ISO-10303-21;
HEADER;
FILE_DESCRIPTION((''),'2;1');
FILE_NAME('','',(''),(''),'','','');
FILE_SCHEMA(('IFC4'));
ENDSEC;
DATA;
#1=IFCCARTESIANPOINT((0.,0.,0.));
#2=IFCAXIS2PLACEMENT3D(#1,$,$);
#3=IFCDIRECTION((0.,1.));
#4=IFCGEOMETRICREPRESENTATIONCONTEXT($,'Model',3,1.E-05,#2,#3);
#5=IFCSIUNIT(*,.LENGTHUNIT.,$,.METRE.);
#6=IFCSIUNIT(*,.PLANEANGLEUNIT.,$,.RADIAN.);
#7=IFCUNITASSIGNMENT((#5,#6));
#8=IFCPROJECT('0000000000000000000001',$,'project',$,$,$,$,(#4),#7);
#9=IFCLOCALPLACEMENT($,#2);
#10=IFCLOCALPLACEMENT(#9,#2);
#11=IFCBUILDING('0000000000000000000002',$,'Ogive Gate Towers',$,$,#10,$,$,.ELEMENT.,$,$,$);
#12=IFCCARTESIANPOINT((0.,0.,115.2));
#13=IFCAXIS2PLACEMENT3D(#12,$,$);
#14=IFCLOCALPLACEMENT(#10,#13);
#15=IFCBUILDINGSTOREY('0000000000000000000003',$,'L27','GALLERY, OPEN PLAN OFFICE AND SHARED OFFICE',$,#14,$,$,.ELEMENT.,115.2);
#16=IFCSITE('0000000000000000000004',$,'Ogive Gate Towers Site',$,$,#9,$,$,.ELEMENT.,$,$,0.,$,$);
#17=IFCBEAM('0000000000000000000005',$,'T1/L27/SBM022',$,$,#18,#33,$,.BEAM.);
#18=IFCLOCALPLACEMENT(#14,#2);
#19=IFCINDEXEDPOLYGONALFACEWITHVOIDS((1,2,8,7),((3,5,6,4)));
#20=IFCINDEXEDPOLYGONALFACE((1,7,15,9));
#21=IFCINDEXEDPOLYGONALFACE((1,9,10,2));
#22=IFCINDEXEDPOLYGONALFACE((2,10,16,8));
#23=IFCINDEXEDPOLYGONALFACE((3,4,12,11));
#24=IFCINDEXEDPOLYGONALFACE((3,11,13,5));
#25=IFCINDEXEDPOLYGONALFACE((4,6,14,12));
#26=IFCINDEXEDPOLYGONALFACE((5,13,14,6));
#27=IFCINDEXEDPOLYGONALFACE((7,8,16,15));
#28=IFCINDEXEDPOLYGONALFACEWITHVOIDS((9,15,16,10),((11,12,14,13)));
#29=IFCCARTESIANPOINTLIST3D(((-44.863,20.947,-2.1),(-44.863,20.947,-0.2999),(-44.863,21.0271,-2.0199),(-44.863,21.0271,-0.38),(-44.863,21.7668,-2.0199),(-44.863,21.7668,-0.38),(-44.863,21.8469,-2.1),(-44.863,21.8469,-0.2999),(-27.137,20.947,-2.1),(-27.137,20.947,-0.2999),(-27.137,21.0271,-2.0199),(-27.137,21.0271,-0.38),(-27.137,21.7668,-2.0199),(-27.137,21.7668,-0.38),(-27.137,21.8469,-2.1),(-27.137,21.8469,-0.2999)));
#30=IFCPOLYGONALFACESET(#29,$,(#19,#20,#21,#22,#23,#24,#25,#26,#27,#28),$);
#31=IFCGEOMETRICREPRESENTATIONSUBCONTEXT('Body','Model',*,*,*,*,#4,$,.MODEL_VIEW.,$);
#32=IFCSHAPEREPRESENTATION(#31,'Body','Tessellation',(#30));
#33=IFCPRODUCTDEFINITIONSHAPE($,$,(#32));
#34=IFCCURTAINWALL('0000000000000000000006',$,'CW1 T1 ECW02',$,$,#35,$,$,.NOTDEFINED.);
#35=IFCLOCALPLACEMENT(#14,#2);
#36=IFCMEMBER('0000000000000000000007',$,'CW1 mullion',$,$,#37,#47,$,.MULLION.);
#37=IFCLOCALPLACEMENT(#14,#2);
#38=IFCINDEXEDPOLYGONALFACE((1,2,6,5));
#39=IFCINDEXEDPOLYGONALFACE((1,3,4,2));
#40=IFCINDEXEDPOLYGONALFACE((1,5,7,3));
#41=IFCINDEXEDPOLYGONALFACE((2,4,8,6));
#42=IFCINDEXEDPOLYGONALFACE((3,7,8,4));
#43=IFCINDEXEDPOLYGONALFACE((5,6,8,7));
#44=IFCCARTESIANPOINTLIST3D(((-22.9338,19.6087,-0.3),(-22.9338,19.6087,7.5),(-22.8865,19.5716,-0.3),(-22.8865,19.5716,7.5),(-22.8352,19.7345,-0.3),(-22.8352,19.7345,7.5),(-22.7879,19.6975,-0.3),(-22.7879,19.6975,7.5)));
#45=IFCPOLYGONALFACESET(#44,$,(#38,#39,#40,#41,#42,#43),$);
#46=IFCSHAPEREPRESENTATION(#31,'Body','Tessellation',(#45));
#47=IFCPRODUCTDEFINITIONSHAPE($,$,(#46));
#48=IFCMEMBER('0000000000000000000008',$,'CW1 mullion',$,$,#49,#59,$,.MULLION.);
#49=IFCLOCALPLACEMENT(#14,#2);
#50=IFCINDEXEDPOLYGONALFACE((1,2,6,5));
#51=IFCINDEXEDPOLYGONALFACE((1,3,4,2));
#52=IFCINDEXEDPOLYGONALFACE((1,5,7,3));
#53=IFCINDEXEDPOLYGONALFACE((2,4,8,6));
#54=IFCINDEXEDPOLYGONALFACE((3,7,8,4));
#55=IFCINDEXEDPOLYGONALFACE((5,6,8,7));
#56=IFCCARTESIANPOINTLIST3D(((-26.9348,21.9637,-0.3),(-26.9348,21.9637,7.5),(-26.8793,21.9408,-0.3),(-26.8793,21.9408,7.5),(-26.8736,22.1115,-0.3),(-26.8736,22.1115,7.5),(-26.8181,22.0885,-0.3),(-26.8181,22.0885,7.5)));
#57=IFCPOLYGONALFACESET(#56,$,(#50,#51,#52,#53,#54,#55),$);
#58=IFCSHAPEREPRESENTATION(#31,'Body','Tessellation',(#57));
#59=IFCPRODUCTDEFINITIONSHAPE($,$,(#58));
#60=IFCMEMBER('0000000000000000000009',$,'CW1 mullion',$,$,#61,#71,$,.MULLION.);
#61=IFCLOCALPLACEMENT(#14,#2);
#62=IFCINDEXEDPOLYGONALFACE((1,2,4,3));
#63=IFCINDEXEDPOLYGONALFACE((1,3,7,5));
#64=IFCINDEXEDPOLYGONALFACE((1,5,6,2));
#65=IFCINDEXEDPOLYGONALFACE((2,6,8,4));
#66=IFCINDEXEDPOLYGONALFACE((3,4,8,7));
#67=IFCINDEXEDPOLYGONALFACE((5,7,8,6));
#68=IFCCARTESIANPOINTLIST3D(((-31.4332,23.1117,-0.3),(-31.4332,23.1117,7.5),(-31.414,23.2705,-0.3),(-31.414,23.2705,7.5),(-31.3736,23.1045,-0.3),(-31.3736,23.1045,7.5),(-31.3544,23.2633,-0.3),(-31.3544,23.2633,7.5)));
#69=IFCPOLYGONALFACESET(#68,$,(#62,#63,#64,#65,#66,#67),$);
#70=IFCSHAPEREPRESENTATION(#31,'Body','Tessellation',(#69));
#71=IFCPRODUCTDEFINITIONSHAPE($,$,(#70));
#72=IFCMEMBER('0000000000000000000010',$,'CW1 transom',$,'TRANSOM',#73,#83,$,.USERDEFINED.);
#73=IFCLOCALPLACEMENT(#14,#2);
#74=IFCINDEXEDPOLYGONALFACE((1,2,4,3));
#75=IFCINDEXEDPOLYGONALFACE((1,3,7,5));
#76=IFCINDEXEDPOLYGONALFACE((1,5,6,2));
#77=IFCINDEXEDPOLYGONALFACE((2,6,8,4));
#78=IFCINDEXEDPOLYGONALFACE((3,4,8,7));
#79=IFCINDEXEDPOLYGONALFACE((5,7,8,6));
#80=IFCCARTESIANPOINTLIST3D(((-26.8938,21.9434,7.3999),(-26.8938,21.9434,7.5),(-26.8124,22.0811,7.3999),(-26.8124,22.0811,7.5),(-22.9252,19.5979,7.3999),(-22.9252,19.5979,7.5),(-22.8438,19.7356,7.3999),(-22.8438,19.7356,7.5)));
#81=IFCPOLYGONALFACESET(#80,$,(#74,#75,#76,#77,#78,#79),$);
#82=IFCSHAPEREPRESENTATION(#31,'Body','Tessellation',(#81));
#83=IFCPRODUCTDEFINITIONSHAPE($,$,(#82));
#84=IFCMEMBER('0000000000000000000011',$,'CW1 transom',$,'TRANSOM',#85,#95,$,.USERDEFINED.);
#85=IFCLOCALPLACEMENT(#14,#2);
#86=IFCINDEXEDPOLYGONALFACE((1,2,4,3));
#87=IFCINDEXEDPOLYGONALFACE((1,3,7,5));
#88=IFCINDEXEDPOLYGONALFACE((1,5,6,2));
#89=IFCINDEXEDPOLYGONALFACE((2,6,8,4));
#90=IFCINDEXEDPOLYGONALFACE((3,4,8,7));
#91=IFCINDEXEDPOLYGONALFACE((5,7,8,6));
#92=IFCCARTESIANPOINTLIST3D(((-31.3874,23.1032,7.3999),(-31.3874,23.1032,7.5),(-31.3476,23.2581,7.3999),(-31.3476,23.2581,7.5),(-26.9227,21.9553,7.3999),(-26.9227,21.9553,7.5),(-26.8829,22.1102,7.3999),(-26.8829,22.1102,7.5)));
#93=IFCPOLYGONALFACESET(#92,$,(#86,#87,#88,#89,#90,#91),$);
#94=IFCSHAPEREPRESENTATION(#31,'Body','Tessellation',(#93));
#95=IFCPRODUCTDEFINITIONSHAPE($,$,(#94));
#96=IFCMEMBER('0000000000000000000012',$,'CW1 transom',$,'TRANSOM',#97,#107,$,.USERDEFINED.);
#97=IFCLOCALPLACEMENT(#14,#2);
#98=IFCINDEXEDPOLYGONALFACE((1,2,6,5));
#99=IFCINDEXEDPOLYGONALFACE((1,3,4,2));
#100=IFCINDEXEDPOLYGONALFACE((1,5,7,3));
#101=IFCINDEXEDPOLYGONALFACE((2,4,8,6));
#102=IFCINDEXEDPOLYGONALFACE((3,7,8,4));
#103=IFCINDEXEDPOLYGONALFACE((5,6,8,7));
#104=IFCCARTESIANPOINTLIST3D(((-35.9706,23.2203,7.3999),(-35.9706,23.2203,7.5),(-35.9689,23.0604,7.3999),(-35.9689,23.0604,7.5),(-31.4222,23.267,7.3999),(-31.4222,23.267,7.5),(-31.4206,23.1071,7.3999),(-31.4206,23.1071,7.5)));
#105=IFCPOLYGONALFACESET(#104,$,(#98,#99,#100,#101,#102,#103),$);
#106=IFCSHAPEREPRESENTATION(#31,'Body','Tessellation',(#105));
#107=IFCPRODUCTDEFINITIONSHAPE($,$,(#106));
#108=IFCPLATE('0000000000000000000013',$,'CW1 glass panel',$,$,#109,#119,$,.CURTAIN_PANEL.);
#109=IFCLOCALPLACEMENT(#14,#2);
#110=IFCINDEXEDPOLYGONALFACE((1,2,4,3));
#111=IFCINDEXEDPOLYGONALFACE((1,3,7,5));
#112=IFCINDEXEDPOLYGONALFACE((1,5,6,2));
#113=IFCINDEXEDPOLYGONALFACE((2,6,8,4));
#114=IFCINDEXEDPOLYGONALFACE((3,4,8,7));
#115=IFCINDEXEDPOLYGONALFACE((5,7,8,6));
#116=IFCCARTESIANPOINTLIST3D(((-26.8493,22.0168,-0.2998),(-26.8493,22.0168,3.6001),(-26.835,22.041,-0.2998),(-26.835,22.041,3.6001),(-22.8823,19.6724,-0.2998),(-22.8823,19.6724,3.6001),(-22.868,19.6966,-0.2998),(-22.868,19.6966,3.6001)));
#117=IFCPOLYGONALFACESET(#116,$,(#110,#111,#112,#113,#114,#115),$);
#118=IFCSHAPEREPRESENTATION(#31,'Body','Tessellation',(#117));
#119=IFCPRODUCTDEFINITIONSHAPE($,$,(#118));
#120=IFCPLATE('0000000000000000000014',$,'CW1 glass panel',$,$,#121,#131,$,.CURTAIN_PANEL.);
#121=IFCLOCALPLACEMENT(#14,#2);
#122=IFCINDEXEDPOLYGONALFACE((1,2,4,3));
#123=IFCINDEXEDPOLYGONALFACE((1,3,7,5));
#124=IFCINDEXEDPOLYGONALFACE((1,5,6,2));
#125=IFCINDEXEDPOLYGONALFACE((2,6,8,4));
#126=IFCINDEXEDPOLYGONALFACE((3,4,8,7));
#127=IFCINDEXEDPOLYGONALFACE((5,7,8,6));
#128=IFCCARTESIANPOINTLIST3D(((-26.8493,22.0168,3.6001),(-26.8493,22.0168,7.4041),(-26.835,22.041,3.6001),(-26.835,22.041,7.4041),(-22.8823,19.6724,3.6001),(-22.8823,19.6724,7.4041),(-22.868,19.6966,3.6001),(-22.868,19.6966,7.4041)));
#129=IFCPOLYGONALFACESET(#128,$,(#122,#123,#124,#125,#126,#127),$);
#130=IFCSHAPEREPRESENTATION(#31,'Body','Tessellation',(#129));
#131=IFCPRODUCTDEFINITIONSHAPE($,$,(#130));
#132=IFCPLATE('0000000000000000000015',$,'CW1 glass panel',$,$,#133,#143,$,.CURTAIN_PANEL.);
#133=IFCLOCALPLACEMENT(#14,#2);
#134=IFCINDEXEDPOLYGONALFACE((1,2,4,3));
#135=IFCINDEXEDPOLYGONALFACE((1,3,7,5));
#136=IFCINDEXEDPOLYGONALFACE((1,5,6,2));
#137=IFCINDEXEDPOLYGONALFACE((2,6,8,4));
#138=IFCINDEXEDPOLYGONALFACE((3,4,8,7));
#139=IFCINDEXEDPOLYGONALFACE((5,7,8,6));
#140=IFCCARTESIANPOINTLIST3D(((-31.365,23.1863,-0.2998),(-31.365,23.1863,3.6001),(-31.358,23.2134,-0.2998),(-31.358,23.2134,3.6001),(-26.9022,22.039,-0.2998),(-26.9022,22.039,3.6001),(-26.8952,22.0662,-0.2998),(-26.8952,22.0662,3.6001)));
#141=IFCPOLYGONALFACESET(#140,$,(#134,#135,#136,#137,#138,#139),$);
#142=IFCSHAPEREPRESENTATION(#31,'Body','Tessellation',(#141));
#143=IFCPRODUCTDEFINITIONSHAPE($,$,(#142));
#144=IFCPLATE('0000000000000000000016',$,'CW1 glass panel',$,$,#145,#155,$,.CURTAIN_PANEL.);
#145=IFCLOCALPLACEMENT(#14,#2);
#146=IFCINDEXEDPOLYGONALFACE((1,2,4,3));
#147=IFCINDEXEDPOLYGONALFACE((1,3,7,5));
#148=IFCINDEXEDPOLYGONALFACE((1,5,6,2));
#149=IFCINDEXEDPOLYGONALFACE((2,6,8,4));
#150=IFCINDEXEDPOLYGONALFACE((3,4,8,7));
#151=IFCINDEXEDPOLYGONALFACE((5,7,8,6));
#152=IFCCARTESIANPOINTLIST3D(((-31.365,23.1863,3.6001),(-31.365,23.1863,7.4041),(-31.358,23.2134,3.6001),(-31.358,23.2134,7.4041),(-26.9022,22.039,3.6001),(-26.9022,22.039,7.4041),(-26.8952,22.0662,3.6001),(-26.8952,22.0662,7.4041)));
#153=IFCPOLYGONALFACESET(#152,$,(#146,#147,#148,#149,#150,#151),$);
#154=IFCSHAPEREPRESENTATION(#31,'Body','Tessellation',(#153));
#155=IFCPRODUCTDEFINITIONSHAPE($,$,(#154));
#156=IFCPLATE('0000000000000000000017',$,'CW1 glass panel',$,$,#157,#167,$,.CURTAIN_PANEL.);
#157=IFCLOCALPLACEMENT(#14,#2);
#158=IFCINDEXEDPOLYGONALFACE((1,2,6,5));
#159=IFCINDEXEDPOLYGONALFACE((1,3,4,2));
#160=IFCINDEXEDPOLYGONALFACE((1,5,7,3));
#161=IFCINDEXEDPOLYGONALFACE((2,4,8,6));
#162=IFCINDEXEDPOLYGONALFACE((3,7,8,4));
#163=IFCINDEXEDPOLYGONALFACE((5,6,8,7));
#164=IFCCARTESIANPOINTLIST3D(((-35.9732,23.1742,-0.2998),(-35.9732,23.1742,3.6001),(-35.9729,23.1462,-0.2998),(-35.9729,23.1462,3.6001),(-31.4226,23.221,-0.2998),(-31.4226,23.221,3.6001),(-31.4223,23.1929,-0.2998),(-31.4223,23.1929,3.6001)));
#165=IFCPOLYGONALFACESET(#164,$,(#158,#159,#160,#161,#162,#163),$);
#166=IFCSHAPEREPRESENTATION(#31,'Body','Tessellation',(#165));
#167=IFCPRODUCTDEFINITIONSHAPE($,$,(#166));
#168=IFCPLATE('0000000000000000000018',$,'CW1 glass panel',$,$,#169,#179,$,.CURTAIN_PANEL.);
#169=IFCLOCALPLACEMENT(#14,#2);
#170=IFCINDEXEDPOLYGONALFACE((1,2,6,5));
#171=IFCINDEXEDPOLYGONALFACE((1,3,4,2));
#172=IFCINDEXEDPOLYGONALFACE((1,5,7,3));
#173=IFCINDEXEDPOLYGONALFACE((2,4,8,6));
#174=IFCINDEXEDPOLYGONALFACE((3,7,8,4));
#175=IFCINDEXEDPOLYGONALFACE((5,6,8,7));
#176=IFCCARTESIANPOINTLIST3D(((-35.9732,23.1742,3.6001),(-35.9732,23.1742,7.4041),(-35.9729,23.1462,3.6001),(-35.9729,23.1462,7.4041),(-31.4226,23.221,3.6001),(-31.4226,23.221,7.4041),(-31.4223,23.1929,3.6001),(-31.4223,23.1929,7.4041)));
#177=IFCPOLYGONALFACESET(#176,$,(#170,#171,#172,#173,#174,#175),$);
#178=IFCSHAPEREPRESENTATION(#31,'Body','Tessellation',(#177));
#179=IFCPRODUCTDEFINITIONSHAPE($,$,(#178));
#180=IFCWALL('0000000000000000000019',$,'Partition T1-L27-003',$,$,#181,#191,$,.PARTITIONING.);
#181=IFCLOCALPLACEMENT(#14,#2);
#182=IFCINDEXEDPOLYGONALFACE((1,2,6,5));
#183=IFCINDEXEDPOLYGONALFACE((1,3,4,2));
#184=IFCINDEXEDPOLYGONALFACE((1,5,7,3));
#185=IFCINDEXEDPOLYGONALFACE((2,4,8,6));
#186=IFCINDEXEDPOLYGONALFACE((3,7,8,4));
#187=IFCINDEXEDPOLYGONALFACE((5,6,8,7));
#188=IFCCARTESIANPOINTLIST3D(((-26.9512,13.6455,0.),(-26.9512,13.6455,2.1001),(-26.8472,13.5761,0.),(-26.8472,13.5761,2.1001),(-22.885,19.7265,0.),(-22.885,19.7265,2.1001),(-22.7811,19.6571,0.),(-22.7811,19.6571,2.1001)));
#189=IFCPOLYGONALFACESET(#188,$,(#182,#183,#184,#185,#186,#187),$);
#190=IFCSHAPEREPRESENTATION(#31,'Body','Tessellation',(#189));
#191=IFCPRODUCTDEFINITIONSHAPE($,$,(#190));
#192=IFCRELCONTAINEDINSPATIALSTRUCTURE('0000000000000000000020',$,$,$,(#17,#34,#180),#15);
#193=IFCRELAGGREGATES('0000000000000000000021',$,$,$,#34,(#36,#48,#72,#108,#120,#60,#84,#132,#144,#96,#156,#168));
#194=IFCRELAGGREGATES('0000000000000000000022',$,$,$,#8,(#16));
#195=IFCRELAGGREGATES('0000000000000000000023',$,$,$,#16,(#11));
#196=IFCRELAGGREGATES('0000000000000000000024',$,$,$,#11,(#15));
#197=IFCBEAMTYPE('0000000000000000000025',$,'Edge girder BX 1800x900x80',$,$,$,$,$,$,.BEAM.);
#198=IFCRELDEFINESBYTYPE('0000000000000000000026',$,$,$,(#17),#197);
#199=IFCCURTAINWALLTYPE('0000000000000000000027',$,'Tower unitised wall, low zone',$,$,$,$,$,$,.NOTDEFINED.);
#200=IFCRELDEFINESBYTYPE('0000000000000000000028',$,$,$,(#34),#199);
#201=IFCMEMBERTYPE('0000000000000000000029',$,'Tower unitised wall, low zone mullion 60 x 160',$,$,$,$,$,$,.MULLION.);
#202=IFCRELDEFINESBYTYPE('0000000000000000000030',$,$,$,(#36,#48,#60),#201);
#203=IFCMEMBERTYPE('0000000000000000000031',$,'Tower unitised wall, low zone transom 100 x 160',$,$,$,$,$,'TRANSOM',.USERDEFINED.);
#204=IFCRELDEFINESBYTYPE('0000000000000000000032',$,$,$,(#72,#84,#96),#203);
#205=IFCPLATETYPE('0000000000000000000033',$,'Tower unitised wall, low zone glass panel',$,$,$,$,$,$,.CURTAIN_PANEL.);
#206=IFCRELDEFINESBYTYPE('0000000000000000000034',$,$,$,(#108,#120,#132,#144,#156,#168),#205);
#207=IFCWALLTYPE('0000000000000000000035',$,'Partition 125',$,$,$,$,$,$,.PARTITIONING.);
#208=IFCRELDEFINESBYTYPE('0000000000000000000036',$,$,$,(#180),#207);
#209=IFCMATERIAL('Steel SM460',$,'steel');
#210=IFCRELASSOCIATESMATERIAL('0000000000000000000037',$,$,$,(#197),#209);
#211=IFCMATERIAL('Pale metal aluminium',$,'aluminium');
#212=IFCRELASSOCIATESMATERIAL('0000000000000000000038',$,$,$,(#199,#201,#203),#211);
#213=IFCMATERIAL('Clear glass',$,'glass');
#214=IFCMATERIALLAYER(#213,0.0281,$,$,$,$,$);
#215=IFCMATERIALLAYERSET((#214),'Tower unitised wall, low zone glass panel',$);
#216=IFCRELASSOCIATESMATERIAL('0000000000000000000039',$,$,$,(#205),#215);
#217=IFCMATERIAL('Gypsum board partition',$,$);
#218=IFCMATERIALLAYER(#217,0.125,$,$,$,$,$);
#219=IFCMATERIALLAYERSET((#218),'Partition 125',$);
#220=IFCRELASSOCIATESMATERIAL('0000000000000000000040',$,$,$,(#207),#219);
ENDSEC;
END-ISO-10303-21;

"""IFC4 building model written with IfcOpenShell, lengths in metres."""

from ifc_helpers import new_model, si_unit, direction, frame, frame_2d, origin, origin_2d, place, context, subcontext, project, spatial, rectangle, hollow_rectangle, extrude, material, layer, layer_set, material_profile, profile_set, type_object, element, aggregate, save


model = new_model("IFC4")

# Units and contexts
model_context = context("Model", 3, precision=1e-05, world=origin(), true_north=direction((0.0, 1.0)))
body_context = subcontext(model_context, "Body", "Model", "MODEL_VIEW")
ifc_project = project(units=[si_unit("LENGTHUNIT", "METRE"), si_unit("PLANEANGLEUNIT", "RADIAN")], contexts=[model_context])

# Site, building, storey
site_placement = place(None, origin())
site = spatial("IfcSite", under=ifc_project, at=site_placement, Name="Ogive Gate Towers Site", CompositionType="ELEMENT", RefElevation=0.0)
building_placement = place(site_placement, origin())
building = spatial("IfcBuilding", under=site, at=building_placement, Name="Ogive Gate Towers", CompositionType="ELEMENT")
storey_placement = place(building_placement, frame((0.0, 0.0, 115.2)))
storey = spatial("IfcBuildingStorey", under=building, at=storey_placement, Name="L27", Description="GALLERY, OPEN PLAN OFFICE AND SHARED OFFICE", CompositionType="ELEMENT", Elevation=115.2)

# Beam
ifc_material_1 = material(Name="Steel SM460", Category="steel")
ifc_material_profile_1 = material_profile(ifc_material_1, hollow_rectangle(XDim=0.8999, YDim=1.8, WallThickness=0.0801, at=origin_2d()), Name="BX 1800x900x80")
ifc_profile_set_1 = profile_set([ifc_material_profile_1], Name="Steel SM460")
beam_type = type_object("IfcBeamType", Name="Edge girder BX 1800x900x80", PredefinedType="BEAM", material=ifc_profile_set_1)
beam_placement = place(storey_placement, frame((-27.137, 21.397, -1.2), z_axis=(-1.0, 0.0, 0.0), x_axis=(0.0, -1.0, 0.0)))
element("IfcBeam", 1, at=beam_placement, inside=storey, type_object=beam_type, Name="T1/L27/SBM022", PredefinedType="BEAM", context=body_context, shape_type="SweptSolid", body=[
    extrude(hollow_rectangle(XDim=0.8999, YDim=1.8, WallThickness=0.0801, at=origin_2d()), origin(), (0.0, 0.0, 1.0), 17.7261),
])

# Curtain wall, members, plates
ifc_material_2 = material(Name="Pale metal aluminium", Category="aluminium")
curtain_wall_type = type_object("IfcCurtainWallType", Name="Tower unitised wall, low zone", PredefinedType="NOTDEFINED", material=ifc_material_2)
curtain_wall_placement = place(storey_placement, origin())
curtain_wall = element("IfcCurtainWall", 2, at=curtain_wall_placement, inside=storey, type_object=curtain_wall_type, Name="CW1 T1 ECW02", PredefinedType="NOTDEFINED")
ifc_material_profile_2 = material_profile(ifc_material_2, rectangle(XDim=0.1599, YDim=0.0601, at=origin_2d()), Name="60 x 160 aluminium box")
ifc_profile_set_2 = profile_set([ifc_material_profile_2], Name="Pale metal aluminium")
member_type_1 = type_object("IfcMemberType", Name="Tower unitised wall, low zone mullion 60 x 160", PredefinedType="MULLION", material=ifc_profile_set_2)
member_1_placement = place(storey_placement, frame((-22.8608, 19.6531, -0.3), z_axis=(0.0, 0.0, 1.0), x_axis=(0.616844, 0.787086, 0.0)))
member_1 = element("IfcMember", 3, at=member_1_placement, type_object=member_type_1, Name="CW1 mullion", PredefinedType="MULLION", context=body_context, shape_type="SweptSolid", body=[
    extrude(rectangle(XDim=0.1599, YDim=0.0601, at=origin_2d()), origin(), (0.0, 0.0, 1.0), 7.8),
])
member_2_placement = place(storey_placement, frame((-26.8765, 22.0261, -0.3), z_axis=(0.0, 0.0, 1.0), x_axis=(0.382683, 0.92388, 0.0)))
member_2 = element("IfcMember", 4, at=member_2_placement, type_object=member_type_1, Name="CW1 mullion", PredefinedType="MULLION", context=body_context, shape_type="SweptSolid", body=[
    extrude(rectangle(XDim=0.1599, YDim=0.0601, at=origin_2d()), origin(), (0.0, 0.0, 1.0), 7.8),
])
member_3_placement = place(storey_placement, frame((-31.3938, 23.1875, -0.3), z_axis=(0.0, 0.0, 1.0), x_axis=(0.120379, 0.992728, 0.0)))
member_3 = element("IfcMember", 5, at=member_3_placement, type_object=member_type_1, Name="CW1 mullion", PredefinedType="MULLION", context=body_context, shape_type="SweptSolid", body=[
    extrude(rectangle(XDim=0.1599, YDim=0.0601, at=origin_2d()), origin(), (0.0, 0.0, 1.0), 7.8),
])
ifc_material_profile_3 = material_profile(ifc_material_2, rectangle(XDim=0.1599, YDim=0.1001, at=origin_2d()), Name="100 x 160 aluminium box")
ifc_profile_set_3 = profile_set([ifc_material_profile_3], Name="Pale metal aluminium")
member_type_2 = type_object("IfcMemberType", Name="Tower unitised wall, low zone transom 100 x 160", ElementType="TRANSOM", PredefinedType="USERDEFINED", material=ifc_profile_set_3)
member_4_placement = place(storey_placement, frame((-22.8845, 19.6667, 7.45), z_axis=(-0.860885, 0.508799, 0.0), x_axis=(-0.508799, -0.860885, 0.0)))
member_4 = element("IfcMember", 6, at=member_4_placement, type_object=member_type_2, Name="CW1 transom", ObjectType="TRANSOM", PredefinedType="USERDEFINED", context=body_context, shape_type="SweptSolid", body=[
    extrude(rectangle(XDim=0.1599, YDim=0.1001, at=origin_2d()), origin(), (0.0, 0.0, 1.0), 4.6099),
])
member_5_placement = place(storey_placement, frame((-26.9028, 22.0327, 7.45), z_axis=(-0.968498, 0.249023, 0.0), x_axis=(-0.249023, -0.968498, 0.0)))
member_5 = element("IfcMember", 7, at=member_5_placement, type_object=member_type_2, Name="CW1 transom", ObjectType="TRANSOM", PredefinedType="USERDEFINED", context=body_context, shape_type="SweptSolid", body=[
    extrude(rectangle(XDim=0.1599, YDim=0.1001, at=origin_2d()), origin(), (0.0, 0.0, 1.0), 4.6099),
])
member_6_placement = place(storey_placement, frame((-31.4214, 23.187, 7.45), z_axis=(-0.999947, -0.010252, 0.0), x_axis=(0.010252, -0.999947, 0.0)))
member_6 = element("IfcMember", 8, at=member_6_placement, type_object=member_type_2, Name="CW1 transom", ObjectType="TRANSOM", PredefinedType="USERDEFINED", context=body_context, shape_type="SweptSolid", body=[
    extrude(rectangle(XDim=0.1599, YDim=0.1001, at=origin_2d()), origin(), (0.0, 0.0, 1.0), 4.5486),
])
ifc_material_3 = material(Name="Clear glass", Category="glass")
ifc_layer_1 = layer(ifc_material_3, 0.0281)
ifc_layer_set_1 = layer_set([ifc_layer_1], Name="Tower unitised wall, low zone glass panel")
plate_type = type_object("IfcPlateType", Name="Tower unitised wall, low zone glass panel", PredefinedType="CURTAIN_PANEL", material=ifc_layer_set_1)
plate_1_placement = place(storey_placement, frame((-24.8586, 20.8567, -0.2998), z_axis=(0.0, 0.0, 1.0), x_axis=(-0.860902, 0.508771, 0.0)))
plate_1 = element("IfcPlate", 9, at=plate_1_placement, type_object=plate_type, Name="CW1 glass panel", PredefinedType="CURTAIN_PANEL", context=body_context, shape_type="SweptSolid", body=[
    extrude(rectangle(XDim=4.6079, YDim=0.0281, at=origin_2d()), origin(), (0.0, 0.0, 1.0), 3.8999),
])
plate_2_placement = place(storey_placement, frame((-24.8586, 20.8567, 3.6001), z_axis=(0.0, 0.0, 1.0), x_axis=(-0.860902, 0.508771, 0.0)))
plate_2 = element("IfcPlate", 10, at=plate_2_placement, type_object=plate_type, Name="CW1 glass panel", PredefinedType="CURTAIN_PANEL", context=body_context, shape_type="SweptSolid", body=[
    extrude(rectangle(XDim=4.6079, YDim=0.0281, at=origin_2d()), origin(), (0.0, 0.0, 1.0), 3.804),
])
plate_3_placement = place(storey_placement, frame((-29.1301, 22.6262, -0.2998), z_axis=(0.0, 0.0, 1.0), x_axis=(-0.968509, 0.248977, 0.0)))
plate_3 = element("IfcPlate", 11, at=plate_3_placement, type_object=plate_type, Name="CW1 glass panel", PredefinedType="CURTAIN_PANEL", context=body_context, shape_type="SweptSolid", body=[
    extrude(rectangle(XDim=4.6079, YDim=0.0281, at=origin_2d()), origin(), (0.0, 0.0, 1.0), 3.8999),
])
plate_4_placement = place(storey_placement, frame((-29.1301, 22.6262, 3.6001), z_axis=(0.0, 0.0, 1.0), x_axis=(-0.968509, 0.248977, 0.0)))
plate_4 = element("IfcPlate", 12, at=plate_4_placement, type_object=plate_type, Name="CW1 glass panel", PredefinedType="CURTAIN_PANEL", context=body_context, shape_type="SweptSolid", body=[
    extrude(rectangle(XDim=4.6079, YDim=0.0281, at=origin_2d()), origin(), (0.0, 0.0, 1.0), 3.804),
])
plate_5_placement = place(storey_placement, frame((-33.6978, 23.1836, -0.2998), z_axis=(0.0, 0.0, 1.0), x_axis=(-0.999947, -0.01028, 0.0)))
plate_5 = element("IfcPlate", 13, at=plate_5_placement, type_object=plate_type, Name="CW1 glass panel", PredefinedType="CURTAIN_PANEL", context=body_context, shape_type="SweptSolid", body=[
    extrude(rectangle(XDim=4.5508, YDim=0.0281, at=origin_2d()), origin(), (0.0, 0.0, 1.0), 3.8999),
])
plate_6_placement = place(storey_placement, frame((-33.6978, 23.1836, 3.6001), z_axis=(0.0, 0.0, 1.0), x_axis=(-0.999947, -0.01028, 0.0)))
plate_6 = element("IfcPlate", 14, at=plate_6_placement, type_object=plate_type, Name="CW1 glass panel", PredefinedType="CURTAIN_PANEL", context=body_context, shape_type="SweptSolid", body=[
    extrude(rectangle(XDim=4.5508, YDim=0.0281, at=origin_2d()), origin(), (0.0, 0.0, 1.0), 3.804),
])
aggregate(curtain_wall, [member_1, member_2, member_4, plate_1, plate_2, member_3, member_5, plate_3, plate_4, member_6, plate_5, plate_6])

# Wall
ifc_material_4 = material(Name="Gypsum board partition")
ifc_layer_2 = layer(ifc_material_4, 0.125)
ifc_layer_set_2 = layer_set([ifc_layer_2], Name="Partition 125")
wall_type = type_object("IfcWallType", Name="Partition 125", PredefinedType="PARTITIONING", material=ifc_layer_set_2)
wall_1_placement = place(storey_placement, frame((-22.833, 19.6919, 0.0), z_axis=(0.0, 0.0, 1.0), x_axis=(-0.555847, -0.831284, 0.0)))
element("IfcWall", 15, at=wall_1_placement, inside=storey, type_object=wall_type, Name="Partition T1-L27-003", PredefinedType="PARTITIONING", context=body_context, shape_type="SweptSolid", body=[
    extrude(rectangle(XDim=7.3152, YDim=0.125, at=frame_2d((3.6577, 0.0))), origin(), (0.0, 0.0, 1.0), 2.1001),
])

save(model, "model.ifc")
